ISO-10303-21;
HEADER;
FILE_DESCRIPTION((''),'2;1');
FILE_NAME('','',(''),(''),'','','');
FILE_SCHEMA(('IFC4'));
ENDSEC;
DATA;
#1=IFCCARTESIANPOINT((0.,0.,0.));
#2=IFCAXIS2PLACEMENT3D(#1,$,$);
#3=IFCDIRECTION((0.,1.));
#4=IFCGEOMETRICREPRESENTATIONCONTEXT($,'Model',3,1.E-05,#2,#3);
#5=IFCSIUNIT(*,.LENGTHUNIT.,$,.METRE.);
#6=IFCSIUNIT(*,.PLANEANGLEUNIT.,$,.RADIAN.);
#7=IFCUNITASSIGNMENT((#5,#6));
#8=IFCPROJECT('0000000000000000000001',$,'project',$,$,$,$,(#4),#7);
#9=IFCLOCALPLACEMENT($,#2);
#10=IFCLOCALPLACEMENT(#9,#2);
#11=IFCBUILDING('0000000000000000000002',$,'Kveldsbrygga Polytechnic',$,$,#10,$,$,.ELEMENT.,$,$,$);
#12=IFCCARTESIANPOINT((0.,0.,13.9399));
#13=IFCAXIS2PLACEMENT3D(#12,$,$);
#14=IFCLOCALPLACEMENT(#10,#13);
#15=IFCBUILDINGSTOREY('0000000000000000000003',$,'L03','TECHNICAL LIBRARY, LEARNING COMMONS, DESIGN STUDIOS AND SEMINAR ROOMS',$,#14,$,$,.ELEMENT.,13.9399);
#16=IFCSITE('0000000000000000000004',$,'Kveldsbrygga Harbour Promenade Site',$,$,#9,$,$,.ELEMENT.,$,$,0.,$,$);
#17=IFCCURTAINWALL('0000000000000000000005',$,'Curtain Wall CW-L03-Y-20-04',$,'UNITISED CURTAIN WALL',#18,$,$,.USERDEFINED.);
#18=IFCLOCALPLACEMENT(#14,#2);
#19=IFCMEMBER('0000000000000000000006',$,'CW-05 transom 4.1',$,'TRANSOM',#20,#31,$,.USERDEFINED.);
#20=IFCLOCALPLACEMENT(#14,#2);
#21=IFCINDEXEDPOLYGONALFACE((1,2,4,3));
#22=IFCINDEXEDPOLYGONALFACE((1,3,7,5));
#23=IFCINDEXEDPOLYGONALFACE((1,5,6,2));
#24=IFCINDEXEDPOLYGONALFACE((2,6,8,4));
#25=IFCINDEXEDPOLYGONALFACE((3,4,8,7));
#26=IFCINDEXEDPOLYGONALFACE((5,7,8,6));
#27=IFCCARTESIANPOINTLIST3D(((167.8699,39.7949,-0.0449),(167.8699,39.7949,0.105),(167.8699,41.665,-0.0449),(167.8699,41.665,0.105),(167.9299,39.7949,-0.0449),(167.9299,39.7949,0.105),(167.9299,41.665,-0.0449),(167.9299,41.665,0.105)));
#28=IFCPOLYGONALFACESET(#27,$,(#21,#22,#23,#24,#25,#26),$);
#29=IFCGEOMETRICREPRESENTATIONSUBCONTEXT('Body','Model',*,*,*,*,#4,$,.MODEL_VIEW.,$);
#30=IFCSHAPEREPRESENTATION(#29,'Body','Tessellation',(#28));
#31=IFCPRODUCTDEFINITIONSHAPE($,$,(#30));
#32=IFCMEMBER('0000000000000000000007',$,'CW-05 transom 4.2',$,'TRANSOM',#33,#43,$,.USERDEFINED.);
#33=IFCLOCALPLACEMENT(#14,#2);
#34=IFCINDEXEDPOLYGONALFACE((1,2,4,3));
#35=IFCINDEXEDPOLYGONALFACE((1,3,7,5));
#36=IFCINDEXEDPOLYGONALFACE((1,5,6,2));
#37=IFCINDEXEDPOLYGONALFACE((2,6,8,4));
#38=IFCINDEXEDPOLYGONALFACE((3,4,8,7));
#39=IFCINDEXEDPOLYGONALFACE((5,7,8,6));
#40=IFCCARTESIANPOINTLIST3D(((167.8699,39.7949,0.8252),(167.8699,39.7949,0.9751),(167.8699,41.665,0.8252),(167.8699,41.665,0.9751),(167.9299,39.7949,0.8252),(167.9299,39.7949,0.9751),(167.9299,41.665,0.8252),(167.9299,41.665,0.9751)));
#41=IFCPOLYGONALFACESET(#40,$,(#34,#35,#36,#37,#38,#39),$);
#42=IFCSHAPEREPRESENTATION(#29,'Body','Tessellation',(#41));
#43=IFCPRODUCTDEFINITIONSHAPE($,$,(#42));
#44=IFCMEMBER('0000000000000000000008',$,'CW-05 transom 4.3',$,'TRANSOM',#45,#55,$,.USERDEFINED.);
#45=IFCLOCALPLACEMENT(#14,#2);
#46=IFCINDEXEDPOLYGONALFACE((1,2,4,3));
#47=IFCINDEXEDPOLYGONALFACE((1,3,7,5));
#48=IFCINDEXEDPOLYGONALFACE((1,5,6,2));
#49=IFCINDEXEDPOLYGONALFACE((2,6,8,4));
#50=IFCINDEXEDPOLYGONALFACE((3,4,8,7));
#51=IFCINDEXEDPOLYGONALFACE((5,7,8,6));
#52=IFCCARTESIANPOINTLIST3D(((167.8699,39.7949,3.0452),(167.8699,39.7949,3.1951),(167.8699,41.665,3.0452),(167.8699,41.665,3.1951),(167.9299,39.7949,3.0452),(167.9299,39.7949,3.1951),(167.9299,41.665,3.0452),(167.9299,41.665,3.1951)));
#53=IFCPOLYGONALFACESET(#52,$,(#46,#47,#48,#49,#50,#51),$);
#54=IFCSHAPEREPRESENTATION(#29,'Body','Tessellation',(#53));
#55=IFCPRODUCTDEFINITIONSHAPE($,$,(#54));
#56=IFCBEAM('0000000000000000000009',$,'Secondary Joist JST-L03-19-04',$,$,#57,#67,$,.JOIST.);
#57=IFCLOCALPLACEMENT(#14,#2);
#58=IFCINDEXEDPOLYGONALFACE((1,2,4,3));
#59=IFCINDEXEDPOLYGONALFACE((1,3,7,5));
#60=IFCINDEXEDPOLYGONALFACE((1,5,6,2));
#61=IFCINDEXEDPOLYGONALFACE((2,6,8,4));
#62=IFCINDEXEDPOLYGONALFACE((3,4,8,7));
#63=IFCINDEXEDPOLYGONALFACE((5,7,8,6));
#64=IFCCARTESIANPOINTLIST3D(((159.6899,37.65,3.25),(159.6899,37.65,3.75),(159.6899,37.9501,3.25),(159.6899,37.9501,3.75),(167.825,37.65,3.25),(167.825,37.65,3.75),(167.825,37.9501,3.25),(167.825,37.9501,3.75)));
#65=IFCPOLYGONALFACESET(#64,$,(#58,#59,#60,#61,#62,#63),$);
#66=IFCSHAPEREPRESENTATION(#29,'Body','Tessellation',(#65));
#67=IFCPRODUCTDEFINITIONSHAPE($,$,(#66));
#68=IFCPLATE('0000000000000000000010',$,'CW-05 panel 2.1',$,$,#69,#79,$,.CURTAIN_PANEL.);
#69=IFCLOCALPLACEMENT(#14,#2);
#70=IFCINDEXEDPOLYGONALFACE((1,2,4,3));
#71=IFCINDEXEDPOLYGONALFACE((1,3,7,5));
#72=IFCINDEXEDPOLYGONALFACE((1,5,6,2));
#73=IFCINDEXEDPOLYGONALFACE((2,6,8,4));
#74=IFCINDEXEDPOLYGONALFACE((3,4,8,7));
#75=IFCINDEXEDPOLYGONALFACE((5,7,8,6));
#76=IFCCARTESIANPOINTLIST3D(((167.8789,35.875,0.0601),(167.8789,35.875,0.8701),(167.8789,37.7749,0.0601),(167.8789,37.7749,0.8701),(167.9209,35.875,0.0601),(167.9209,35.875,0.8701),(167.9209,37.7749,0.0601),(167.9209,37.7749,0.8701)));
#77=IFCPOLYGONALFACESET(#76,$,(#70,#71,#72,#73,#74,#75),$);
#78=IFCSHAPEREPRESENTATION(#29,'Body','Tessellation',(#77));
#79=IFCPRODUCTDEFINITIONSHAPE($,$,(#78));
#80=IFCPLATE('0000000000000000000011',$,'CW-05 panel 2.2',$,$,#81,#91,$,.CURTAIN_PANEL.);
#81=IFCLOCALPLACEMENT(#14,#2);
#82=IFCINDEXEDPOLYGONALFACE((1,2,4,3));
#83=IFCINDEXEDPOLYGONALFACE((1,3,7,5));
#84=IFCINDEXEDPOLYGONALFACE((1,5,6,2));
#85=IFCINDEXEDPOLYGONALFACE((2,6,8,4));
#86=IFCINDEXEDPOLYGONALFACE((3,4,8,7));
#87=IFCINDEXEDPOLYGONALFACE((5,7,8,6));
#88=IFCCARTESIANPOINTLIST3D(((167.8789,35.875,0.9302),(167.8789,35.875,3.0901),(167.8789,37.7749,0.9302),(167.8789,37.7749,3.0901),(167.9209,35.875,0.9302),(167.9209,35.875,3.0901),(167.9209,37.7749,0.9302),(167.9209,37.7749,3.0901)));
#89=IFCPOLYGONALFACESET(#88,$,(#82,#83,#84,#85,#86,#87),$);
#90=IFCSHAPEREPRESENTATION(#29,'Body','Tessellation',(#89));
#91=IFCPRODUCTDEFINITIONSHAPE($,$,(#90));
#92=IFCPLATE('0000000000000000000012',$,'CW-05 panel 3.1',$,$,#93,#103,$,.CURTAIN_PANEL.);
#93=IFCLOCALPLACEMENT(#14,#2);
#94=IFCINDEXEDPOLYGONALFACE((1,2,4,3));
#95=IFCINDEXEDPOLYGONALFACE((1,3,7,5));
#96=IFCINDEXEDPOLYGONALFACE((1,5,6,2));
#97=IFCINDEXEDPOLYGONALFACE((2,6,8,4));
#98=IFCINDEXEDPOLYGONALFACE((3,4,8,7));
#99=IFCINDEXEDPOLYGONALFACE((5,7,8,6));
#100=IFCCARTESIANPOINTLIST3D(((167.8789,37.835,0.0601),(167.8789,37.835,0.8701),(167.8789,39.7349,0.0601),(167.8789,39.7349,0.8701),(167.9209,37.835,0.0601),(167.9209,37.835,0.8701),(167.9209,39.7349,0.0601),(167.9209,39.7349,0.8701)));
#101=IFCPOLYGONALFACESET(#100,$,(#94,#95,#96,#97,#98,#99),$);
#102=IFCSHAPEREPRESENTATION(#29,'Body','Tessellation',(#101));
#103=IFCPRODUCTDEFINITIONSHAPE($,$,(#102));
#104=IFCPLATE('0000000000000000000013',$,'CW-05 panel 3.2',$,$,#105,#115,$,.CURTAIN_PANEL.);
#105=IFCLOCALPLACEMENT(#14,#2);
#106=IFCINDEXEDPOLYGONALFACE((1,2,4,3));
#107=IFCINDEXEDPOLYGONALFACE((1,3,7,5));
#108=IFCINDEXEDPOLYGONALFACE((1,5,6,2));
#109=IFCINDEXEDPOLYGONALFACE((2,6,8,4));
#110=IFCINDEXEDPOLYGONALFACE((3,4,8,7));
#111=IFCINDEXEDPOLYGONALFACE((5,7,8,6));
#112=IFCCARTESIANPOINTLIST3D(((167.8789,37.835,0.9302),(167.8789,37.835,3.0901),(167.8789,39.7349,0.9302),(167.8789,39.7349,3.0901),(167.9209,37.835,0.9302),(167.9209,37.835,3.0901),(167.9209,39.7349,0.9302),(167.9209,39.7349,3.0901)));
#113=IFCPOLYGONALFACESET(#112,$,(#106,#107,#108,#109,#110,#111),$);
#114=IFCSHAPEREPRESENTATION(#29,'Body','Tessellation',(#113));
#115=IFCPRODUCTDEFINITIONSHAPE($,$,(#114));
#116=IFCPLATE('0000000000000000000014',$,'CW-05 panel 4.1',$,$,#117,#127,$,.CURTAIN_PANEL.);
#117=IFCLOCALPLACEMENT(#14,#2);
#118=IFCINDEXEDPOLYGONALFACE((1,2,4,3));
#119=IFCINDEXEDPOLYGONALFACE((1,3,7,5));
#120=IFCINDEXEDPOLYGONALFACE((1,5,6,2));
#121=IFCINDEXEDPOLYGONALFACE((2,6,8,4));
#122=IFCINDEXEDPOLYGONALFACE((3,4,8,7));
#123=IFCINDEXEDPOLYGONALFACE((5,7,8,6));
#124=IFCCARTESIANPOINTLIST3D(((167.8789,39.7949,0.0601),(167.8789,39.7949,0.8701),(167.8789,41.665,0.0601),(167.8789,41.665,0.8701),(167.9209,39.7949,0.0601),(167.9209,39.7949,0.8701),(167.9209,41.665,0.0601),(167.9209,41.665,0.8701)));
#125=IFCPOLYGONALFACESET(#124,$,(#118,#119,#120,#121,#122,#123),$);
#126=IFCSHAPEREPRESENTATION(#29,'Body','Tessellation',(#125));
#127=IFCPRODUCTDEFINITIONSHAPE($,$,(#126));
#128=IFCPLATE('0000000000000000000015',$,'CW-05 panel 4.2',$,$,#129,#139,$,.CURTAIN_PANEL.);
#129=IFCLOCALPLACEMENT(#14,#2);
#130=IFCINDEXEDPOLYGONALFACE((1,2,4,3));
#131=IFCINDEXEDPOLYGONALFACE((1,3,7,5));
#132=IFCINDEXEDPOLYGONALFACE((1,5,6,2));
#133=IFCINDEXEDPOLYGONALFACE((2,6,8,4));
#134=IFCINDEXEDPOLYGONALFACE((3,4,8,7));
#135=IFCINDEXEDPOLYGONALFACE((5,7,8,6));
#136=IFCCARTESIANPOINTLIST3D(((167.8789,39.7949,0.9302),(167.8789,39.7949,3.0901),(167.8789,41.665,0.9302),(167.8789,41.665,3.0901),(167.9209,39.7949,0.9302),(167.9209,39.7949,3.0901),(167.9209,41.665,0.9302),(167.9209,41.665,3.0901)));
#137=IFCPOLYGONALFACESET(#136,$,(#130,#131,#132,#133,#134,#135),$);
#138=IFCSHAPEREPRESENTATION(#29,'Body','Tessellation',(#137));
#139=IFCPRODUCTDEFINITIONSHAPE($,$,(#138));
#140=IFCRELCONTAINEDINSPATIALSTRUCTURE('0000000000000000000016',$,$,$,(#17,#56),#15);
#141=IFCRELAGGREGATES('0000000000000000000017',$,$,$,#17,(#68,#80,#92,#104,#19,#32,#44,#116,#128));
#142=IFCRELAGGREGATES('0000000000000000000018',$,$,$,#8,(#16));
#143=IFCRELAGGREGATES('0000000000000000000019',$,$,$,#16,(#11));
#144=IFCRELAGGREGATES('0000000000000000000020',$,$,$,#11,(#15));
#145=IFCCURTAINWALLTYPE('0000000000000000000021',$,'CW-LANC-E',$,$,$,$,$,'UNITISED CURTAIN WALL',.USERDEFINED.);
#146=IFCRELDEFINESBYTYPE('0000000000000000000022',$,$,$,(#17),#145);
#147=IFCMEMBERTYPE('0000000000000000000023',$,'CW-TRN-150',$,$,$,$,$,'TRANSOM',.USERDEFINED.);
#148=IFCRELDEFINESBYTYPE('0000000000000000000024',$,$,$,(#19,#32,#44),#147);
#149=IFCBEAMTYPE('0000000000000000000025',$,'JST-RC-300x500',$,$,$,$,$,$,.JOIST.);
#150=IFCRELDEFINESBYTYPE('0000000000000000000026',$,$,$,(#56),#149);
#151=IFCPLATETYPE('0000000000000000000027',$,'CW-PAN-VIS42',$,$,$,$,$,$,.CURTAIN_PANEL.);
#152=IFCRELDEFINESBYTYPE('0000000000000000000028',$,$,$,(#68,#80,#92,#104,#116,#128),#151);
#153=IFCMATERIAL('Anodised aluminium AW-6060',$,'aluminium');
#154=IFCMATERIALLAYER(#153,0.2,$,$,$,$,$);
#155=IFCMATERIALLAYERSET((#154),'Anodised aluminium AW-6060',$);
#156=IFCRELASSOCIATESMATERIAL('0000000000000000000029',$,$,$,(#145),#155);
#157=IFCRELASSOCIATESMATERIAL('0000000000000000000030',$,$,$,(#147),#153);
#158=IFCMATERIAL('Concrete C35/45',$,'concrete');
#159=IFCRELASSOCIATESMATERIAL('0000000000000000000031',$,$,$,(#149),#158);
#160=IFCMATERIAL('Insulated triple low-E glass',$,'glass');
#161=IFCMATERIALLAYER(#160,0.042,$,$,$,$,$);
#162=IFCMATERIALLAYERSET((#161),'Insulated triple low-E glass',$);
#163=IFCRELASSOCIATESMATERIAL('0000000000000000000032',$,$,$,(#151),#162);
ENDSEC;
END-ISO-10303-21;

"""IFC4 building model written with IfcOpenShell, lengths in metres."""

from ifc_helpers import new_model, si_unit, direction, frame, origin, origin_2d, place, context, subcontext, project, spatial, rectangle, extrude, material, layer, layer_set, material_profile, profile_set, type_object, element, aggregate, save


model = new_model("IFC4")

# Units and contexts
model_context = context("Model", 3, precision=1e-05, world=origin(), true_north=direction((0.0, 1.0)))
body_context = subcontext(model_context, "Body", "Model", "MODEL_VIEW")
ifc_project = project(units=[si_unit("LENGTHUNIT", "METRE"), si_unit("PLANEANGLEUNIT", "RADIAN")], contexts=[model_context])

# Site, building, storey
site_placement = place(None, origin())
site = spatial("IfcSite", under=ifc_project, at=site_placement, Name="Kveldsbrygga Harbour Promenade Site", CompositionType="ELEMENT", RefElevation=0.0)
building_placement = place(site_placement, origin())
building = spatial("IfcBuilding", under=site, at=building_placement, Name="Kveldsbrygga Polytechnic", CompositionType="ELEMENT")
storey_placement = place(building_placement, frame((0.0, 0.0, 13.9399)))
storey = spatial("IfcBuildingStorey", under=building, at=storey_placement, Name="L03", Description="TECHNICAL LIBRARY, LEARNING COMMONS, DESIGN STUDIOS AND SEMINAR ROOMS", CompositionType="ELEMENT", Elevation=13.9399)

# Shared definitions
ifc_material_1 = material(Name="Concrete C35/45", Category="concrete")

# Curtain wall, members
ifc_material_2 = material(Name="Anodised aluminium AW-6060", Category="aluminium")
ifc_layer_1 = layer(ifc_material_2, 0.2)
ifc_layer_set_1 = layer_set([ifc_layer_1], Name="Anodised aluminium AW-6060")
curtain_wall_type = type_object("IfcCurtainWallType", Name="CW-LANC-E", ElementType="UNITISED CURTAIN WALL", PredefinedType="USERDEFINED", material=ifc_layer_set_1)
curtain_wall_placement = place(storey_placement, origin())
curtain_wall = element("IfcCurtainWall", 1, at=curtain_wall_placement, inside=storey, type_object=curtain_wall_type, Name="Curtain Wall CW-L03-Y-20-04", ObjectType="UNITISED CURTAIN WALL", PredefinedType="USERDEFINED")
ifc_material_profile_1 = material_profile(ifc_material_2, rectangle(XDim=0.0601, YDim=0.1499, at=origin_2d()), Name="ALU 60x150")
ifc_profile_set_1 = profile_set([ifc_material_profile_1], Name="Anodised aluminium AW-6060")
member_type_1 = type_object("IfcMemberType", Name="CW-TRN-150", ElementType="TRANSOM", PredefinedType="USERDEFINED", material=ifc_profile_set_1)
member_1_placement = place(storey_placement, frame((167.8999, 39.7949, 0.03), z_axis=(0.0, 1.0, 0.0), x_axis=(-1.0, 0.0, 0.0)))
member_1 = element("IfcMember", 2, at=member_1_placement, type_object=member_type_1, Name="CW-05 transom 4.1", ObjectType="TRANSOM", PredefinedType="USERDEFINED", context=body_context, shape_type="SweptSolid", body=[
    extrude(rectangle(XDim=0.0601, YDim=0.1499, at=origin_2d()), origin(), (0.0, 0.0, 1.0), 1.8701),
])
member_2_placement = place(storey_placement, frame((167.8999, 39.7949, 0.9001), z_axis=(0.0, 1.0, 0.0), x_axis=(-1.0, 0.0, 0.0)))
member_2 = element("IfcMember", 3, at=member_2_placement, type_object=member_type_1, Name="CW-05 transom 4.2", ObjectType="TRANSOM", PredefinedType="USERDEFINED", context=body_context, shape_type="SweptSolid", body=[
    extrude(rectangle(XDim=0.0601, YDim=0.1499, at=origin_2d()), origin(), (0.0, 0.0, 1.0), 1.8701),
])
member_3_placement = place(storey_placement, frame((167.8999, 39.7949, 3.1201), z_axis=(0.0, 1.0, 0.0), x_axis=(-1.0, 0.0, 0.0)))
member_3 = element("IfcMember", 4, at=member_3_placement, type_object=member_type_1, Name="CW-05 transom 4.3", ObjectType="TRANSOM", PredefinedType="USERDEFINED", context=body_context, shape_type="SweptSolid", body=[
    extrude(rectangle(XDim=0.0601, YDim=0.1499, at=origin_2d()), origin(), (0.0, 0.0, 1.0), 1.8701),
])

# Beam
ifc_material_profile_2 = material_profile(ifc_material_1, rectangle(XDim=0.3, YDim=0.5, at=origin_2d()), Name="RC 300x500")
ifc_profile_set_2 = profile_set([ifc_material_profile_2], Name="Concrete C35/45")
beam_type_1 = type_object("IfcBeamType", Name="JST-RC-300x500", PredefinedType="JOIST", material=ifc_profile_set_2)
beam_1_placement = place(storey_placement, frame((159.6899, 37.8, 3.5), z_axis=(1.0, 0.0, 0.0), x_axis=(0.0, 1.0, 0.0)))
element("IfcBeam", 5, at=beam_1_placement, inside=storey, type_object=beam_type_1, Name="Secondary Joist JST-L03-19-04", PredefinedType="JOIST", context=body_context, shape_type="SweptSolid", body=[
    extrude(rectangle(XDim=0.3, YDim=0.5, at=origin_2d()), origin(), (0.0, 0.0, 1.0), 8.135),
])

# Plates
ifc_material_3 = material(Name="Insulated triple low-E glass", Category="glass")
ifc_layer_2 = layer(ifc_material_3, 0.042)
ifc_layer_set_2 = layer_set([ifc_layer_2], Name="Insulated triple low-E glass")
plate_type = type_object("IfcPlateType", Name="CW-PAN-VIS42", PredefinedType="CURTAIN_PANEL", material=ifc_layer_set_2)
plate_1_placement = place(storey_placement, frame((167.8999, 36.825, 0.0601), z_axis=(0.0, 0.0, 1.0), x_axis=(0.0, 1.0, 0.0)))
plate_1 = element("IfcPlate", 6, at=plate_1_placement, type_object=plate_type, Name="CW-05 panel 2.1", PredefinedType="CURTAIN_PANEL", context=body_context, shape_type="SweptSolid", body=[
    extrude(rectangle(XDim=1.8999, YDim=0.042, at=origin_2d()), origin(), (0.0, 0.0, 1.0), 0.8101),
])
plate_2_placement = place(storey_placement, frame((167.8999, 36.825, 0.9302), z_axis=(0.0, 0.0, 1.0), x_axis=(0.0, 1.0, 0.0)))
plate_2 = element("IfcPlate", 7, at=plate_2_placement, type_object=plate_type, Name="CW-05 panel 2.2", PredefinedType="CURTAIN_PANEL", context=body_context, shape_type="SweptSolid", body=[
    extrude(rectangle(XDim=1.8999, YDim=0.042, at=origin_2d()), origin(), (0.0, 0.0, 1.0), 2.1599),
])
plate_3_placement = place(storey_placement, frame((167.8999, 38.7849, 0.0601), z_axis=(0.0, 0.0, 1.0), x_axis=(0.0, 1.0, 0.0)))
plate_3 = element("IfcPlate", 8, at=plate_3_placement, type_object=plate_type, Name="CW-05 panel 3.1", PredefinedType="CURTAIN_PANEL", context=body_context, shape_type="SweptSolid", body=[
    extrude(rectangle(XDim=1.8999, YDim=0.042, at=origin_2d()), origin(), (0.0, 0.0, 1.0), 0.8101),
])
plate_4_placement = place(storey_placement, frame((167.8999, 38.7849, 0.9302), z_axis=(0.0, 0.0, 1.0), x_axis=(0.0, 1.0, 0.0)))
plate_4 = element("IfcPlate", 9, at=plate_4_placement, type_object=plate_type, Name="CW-05 panel 3.2", PredefinedType="CURTAIN_PANEL", context=body_context, shape_type="SweptSolid", body=[
    extrude(rectangle(XDim=1.8999, YDim=0.042, at=origin_2d()), origin(), (0.0, 0.0, 1.0), 2.1599),
])
plate_5_placement = place(storey_placement, frame((167.8999, 40.73, 0.0601), z_axis=(0.0, 0.0, 1.0), x_axis=(0.0, 1.0, 0.0)))
plate_5 = element("IfcPlate", 10, at=plate_5_placement, type_object=plate_type, Name="CW-05 panel 4.1", PredefinedType="CURTAIN_PANEL", context=body_context, shape_type="SweptSolid", body=[
    extrude(rectangle(XDim=1.8701, YDim=0.042, at=origin_2d()), origin(), (0.0, 0.0, 1.0), 0.8101),
])
plate_6_placement = place(storey_placement, frame((167.8999, 40.73, 0.9302), z_axis=(0.0, 0.0, 1.0), x_axis=(0.0, 1.0, 0.0)))
plate_6 = element("IfcPlate", 11, at=plate_6_placement, type_object=plate_type, Name="CW-05 panel 4.2", PredefinedType="CURTAIN_PANEL", context=body_context, shape_type="SweptSolid", body=[
    extrude(rectangle(XDim=1.8701, YDim=0.042, at=origin_2d()), origin(), (0.0, 0.0, 1.0), 2.1599),
])
aggregate(curtain_wall, [plate_1, plate_2, plate_3, plate_4, member_1, member_2, member_3, plate_5, plate_6])

save(model, "model.ifc")
